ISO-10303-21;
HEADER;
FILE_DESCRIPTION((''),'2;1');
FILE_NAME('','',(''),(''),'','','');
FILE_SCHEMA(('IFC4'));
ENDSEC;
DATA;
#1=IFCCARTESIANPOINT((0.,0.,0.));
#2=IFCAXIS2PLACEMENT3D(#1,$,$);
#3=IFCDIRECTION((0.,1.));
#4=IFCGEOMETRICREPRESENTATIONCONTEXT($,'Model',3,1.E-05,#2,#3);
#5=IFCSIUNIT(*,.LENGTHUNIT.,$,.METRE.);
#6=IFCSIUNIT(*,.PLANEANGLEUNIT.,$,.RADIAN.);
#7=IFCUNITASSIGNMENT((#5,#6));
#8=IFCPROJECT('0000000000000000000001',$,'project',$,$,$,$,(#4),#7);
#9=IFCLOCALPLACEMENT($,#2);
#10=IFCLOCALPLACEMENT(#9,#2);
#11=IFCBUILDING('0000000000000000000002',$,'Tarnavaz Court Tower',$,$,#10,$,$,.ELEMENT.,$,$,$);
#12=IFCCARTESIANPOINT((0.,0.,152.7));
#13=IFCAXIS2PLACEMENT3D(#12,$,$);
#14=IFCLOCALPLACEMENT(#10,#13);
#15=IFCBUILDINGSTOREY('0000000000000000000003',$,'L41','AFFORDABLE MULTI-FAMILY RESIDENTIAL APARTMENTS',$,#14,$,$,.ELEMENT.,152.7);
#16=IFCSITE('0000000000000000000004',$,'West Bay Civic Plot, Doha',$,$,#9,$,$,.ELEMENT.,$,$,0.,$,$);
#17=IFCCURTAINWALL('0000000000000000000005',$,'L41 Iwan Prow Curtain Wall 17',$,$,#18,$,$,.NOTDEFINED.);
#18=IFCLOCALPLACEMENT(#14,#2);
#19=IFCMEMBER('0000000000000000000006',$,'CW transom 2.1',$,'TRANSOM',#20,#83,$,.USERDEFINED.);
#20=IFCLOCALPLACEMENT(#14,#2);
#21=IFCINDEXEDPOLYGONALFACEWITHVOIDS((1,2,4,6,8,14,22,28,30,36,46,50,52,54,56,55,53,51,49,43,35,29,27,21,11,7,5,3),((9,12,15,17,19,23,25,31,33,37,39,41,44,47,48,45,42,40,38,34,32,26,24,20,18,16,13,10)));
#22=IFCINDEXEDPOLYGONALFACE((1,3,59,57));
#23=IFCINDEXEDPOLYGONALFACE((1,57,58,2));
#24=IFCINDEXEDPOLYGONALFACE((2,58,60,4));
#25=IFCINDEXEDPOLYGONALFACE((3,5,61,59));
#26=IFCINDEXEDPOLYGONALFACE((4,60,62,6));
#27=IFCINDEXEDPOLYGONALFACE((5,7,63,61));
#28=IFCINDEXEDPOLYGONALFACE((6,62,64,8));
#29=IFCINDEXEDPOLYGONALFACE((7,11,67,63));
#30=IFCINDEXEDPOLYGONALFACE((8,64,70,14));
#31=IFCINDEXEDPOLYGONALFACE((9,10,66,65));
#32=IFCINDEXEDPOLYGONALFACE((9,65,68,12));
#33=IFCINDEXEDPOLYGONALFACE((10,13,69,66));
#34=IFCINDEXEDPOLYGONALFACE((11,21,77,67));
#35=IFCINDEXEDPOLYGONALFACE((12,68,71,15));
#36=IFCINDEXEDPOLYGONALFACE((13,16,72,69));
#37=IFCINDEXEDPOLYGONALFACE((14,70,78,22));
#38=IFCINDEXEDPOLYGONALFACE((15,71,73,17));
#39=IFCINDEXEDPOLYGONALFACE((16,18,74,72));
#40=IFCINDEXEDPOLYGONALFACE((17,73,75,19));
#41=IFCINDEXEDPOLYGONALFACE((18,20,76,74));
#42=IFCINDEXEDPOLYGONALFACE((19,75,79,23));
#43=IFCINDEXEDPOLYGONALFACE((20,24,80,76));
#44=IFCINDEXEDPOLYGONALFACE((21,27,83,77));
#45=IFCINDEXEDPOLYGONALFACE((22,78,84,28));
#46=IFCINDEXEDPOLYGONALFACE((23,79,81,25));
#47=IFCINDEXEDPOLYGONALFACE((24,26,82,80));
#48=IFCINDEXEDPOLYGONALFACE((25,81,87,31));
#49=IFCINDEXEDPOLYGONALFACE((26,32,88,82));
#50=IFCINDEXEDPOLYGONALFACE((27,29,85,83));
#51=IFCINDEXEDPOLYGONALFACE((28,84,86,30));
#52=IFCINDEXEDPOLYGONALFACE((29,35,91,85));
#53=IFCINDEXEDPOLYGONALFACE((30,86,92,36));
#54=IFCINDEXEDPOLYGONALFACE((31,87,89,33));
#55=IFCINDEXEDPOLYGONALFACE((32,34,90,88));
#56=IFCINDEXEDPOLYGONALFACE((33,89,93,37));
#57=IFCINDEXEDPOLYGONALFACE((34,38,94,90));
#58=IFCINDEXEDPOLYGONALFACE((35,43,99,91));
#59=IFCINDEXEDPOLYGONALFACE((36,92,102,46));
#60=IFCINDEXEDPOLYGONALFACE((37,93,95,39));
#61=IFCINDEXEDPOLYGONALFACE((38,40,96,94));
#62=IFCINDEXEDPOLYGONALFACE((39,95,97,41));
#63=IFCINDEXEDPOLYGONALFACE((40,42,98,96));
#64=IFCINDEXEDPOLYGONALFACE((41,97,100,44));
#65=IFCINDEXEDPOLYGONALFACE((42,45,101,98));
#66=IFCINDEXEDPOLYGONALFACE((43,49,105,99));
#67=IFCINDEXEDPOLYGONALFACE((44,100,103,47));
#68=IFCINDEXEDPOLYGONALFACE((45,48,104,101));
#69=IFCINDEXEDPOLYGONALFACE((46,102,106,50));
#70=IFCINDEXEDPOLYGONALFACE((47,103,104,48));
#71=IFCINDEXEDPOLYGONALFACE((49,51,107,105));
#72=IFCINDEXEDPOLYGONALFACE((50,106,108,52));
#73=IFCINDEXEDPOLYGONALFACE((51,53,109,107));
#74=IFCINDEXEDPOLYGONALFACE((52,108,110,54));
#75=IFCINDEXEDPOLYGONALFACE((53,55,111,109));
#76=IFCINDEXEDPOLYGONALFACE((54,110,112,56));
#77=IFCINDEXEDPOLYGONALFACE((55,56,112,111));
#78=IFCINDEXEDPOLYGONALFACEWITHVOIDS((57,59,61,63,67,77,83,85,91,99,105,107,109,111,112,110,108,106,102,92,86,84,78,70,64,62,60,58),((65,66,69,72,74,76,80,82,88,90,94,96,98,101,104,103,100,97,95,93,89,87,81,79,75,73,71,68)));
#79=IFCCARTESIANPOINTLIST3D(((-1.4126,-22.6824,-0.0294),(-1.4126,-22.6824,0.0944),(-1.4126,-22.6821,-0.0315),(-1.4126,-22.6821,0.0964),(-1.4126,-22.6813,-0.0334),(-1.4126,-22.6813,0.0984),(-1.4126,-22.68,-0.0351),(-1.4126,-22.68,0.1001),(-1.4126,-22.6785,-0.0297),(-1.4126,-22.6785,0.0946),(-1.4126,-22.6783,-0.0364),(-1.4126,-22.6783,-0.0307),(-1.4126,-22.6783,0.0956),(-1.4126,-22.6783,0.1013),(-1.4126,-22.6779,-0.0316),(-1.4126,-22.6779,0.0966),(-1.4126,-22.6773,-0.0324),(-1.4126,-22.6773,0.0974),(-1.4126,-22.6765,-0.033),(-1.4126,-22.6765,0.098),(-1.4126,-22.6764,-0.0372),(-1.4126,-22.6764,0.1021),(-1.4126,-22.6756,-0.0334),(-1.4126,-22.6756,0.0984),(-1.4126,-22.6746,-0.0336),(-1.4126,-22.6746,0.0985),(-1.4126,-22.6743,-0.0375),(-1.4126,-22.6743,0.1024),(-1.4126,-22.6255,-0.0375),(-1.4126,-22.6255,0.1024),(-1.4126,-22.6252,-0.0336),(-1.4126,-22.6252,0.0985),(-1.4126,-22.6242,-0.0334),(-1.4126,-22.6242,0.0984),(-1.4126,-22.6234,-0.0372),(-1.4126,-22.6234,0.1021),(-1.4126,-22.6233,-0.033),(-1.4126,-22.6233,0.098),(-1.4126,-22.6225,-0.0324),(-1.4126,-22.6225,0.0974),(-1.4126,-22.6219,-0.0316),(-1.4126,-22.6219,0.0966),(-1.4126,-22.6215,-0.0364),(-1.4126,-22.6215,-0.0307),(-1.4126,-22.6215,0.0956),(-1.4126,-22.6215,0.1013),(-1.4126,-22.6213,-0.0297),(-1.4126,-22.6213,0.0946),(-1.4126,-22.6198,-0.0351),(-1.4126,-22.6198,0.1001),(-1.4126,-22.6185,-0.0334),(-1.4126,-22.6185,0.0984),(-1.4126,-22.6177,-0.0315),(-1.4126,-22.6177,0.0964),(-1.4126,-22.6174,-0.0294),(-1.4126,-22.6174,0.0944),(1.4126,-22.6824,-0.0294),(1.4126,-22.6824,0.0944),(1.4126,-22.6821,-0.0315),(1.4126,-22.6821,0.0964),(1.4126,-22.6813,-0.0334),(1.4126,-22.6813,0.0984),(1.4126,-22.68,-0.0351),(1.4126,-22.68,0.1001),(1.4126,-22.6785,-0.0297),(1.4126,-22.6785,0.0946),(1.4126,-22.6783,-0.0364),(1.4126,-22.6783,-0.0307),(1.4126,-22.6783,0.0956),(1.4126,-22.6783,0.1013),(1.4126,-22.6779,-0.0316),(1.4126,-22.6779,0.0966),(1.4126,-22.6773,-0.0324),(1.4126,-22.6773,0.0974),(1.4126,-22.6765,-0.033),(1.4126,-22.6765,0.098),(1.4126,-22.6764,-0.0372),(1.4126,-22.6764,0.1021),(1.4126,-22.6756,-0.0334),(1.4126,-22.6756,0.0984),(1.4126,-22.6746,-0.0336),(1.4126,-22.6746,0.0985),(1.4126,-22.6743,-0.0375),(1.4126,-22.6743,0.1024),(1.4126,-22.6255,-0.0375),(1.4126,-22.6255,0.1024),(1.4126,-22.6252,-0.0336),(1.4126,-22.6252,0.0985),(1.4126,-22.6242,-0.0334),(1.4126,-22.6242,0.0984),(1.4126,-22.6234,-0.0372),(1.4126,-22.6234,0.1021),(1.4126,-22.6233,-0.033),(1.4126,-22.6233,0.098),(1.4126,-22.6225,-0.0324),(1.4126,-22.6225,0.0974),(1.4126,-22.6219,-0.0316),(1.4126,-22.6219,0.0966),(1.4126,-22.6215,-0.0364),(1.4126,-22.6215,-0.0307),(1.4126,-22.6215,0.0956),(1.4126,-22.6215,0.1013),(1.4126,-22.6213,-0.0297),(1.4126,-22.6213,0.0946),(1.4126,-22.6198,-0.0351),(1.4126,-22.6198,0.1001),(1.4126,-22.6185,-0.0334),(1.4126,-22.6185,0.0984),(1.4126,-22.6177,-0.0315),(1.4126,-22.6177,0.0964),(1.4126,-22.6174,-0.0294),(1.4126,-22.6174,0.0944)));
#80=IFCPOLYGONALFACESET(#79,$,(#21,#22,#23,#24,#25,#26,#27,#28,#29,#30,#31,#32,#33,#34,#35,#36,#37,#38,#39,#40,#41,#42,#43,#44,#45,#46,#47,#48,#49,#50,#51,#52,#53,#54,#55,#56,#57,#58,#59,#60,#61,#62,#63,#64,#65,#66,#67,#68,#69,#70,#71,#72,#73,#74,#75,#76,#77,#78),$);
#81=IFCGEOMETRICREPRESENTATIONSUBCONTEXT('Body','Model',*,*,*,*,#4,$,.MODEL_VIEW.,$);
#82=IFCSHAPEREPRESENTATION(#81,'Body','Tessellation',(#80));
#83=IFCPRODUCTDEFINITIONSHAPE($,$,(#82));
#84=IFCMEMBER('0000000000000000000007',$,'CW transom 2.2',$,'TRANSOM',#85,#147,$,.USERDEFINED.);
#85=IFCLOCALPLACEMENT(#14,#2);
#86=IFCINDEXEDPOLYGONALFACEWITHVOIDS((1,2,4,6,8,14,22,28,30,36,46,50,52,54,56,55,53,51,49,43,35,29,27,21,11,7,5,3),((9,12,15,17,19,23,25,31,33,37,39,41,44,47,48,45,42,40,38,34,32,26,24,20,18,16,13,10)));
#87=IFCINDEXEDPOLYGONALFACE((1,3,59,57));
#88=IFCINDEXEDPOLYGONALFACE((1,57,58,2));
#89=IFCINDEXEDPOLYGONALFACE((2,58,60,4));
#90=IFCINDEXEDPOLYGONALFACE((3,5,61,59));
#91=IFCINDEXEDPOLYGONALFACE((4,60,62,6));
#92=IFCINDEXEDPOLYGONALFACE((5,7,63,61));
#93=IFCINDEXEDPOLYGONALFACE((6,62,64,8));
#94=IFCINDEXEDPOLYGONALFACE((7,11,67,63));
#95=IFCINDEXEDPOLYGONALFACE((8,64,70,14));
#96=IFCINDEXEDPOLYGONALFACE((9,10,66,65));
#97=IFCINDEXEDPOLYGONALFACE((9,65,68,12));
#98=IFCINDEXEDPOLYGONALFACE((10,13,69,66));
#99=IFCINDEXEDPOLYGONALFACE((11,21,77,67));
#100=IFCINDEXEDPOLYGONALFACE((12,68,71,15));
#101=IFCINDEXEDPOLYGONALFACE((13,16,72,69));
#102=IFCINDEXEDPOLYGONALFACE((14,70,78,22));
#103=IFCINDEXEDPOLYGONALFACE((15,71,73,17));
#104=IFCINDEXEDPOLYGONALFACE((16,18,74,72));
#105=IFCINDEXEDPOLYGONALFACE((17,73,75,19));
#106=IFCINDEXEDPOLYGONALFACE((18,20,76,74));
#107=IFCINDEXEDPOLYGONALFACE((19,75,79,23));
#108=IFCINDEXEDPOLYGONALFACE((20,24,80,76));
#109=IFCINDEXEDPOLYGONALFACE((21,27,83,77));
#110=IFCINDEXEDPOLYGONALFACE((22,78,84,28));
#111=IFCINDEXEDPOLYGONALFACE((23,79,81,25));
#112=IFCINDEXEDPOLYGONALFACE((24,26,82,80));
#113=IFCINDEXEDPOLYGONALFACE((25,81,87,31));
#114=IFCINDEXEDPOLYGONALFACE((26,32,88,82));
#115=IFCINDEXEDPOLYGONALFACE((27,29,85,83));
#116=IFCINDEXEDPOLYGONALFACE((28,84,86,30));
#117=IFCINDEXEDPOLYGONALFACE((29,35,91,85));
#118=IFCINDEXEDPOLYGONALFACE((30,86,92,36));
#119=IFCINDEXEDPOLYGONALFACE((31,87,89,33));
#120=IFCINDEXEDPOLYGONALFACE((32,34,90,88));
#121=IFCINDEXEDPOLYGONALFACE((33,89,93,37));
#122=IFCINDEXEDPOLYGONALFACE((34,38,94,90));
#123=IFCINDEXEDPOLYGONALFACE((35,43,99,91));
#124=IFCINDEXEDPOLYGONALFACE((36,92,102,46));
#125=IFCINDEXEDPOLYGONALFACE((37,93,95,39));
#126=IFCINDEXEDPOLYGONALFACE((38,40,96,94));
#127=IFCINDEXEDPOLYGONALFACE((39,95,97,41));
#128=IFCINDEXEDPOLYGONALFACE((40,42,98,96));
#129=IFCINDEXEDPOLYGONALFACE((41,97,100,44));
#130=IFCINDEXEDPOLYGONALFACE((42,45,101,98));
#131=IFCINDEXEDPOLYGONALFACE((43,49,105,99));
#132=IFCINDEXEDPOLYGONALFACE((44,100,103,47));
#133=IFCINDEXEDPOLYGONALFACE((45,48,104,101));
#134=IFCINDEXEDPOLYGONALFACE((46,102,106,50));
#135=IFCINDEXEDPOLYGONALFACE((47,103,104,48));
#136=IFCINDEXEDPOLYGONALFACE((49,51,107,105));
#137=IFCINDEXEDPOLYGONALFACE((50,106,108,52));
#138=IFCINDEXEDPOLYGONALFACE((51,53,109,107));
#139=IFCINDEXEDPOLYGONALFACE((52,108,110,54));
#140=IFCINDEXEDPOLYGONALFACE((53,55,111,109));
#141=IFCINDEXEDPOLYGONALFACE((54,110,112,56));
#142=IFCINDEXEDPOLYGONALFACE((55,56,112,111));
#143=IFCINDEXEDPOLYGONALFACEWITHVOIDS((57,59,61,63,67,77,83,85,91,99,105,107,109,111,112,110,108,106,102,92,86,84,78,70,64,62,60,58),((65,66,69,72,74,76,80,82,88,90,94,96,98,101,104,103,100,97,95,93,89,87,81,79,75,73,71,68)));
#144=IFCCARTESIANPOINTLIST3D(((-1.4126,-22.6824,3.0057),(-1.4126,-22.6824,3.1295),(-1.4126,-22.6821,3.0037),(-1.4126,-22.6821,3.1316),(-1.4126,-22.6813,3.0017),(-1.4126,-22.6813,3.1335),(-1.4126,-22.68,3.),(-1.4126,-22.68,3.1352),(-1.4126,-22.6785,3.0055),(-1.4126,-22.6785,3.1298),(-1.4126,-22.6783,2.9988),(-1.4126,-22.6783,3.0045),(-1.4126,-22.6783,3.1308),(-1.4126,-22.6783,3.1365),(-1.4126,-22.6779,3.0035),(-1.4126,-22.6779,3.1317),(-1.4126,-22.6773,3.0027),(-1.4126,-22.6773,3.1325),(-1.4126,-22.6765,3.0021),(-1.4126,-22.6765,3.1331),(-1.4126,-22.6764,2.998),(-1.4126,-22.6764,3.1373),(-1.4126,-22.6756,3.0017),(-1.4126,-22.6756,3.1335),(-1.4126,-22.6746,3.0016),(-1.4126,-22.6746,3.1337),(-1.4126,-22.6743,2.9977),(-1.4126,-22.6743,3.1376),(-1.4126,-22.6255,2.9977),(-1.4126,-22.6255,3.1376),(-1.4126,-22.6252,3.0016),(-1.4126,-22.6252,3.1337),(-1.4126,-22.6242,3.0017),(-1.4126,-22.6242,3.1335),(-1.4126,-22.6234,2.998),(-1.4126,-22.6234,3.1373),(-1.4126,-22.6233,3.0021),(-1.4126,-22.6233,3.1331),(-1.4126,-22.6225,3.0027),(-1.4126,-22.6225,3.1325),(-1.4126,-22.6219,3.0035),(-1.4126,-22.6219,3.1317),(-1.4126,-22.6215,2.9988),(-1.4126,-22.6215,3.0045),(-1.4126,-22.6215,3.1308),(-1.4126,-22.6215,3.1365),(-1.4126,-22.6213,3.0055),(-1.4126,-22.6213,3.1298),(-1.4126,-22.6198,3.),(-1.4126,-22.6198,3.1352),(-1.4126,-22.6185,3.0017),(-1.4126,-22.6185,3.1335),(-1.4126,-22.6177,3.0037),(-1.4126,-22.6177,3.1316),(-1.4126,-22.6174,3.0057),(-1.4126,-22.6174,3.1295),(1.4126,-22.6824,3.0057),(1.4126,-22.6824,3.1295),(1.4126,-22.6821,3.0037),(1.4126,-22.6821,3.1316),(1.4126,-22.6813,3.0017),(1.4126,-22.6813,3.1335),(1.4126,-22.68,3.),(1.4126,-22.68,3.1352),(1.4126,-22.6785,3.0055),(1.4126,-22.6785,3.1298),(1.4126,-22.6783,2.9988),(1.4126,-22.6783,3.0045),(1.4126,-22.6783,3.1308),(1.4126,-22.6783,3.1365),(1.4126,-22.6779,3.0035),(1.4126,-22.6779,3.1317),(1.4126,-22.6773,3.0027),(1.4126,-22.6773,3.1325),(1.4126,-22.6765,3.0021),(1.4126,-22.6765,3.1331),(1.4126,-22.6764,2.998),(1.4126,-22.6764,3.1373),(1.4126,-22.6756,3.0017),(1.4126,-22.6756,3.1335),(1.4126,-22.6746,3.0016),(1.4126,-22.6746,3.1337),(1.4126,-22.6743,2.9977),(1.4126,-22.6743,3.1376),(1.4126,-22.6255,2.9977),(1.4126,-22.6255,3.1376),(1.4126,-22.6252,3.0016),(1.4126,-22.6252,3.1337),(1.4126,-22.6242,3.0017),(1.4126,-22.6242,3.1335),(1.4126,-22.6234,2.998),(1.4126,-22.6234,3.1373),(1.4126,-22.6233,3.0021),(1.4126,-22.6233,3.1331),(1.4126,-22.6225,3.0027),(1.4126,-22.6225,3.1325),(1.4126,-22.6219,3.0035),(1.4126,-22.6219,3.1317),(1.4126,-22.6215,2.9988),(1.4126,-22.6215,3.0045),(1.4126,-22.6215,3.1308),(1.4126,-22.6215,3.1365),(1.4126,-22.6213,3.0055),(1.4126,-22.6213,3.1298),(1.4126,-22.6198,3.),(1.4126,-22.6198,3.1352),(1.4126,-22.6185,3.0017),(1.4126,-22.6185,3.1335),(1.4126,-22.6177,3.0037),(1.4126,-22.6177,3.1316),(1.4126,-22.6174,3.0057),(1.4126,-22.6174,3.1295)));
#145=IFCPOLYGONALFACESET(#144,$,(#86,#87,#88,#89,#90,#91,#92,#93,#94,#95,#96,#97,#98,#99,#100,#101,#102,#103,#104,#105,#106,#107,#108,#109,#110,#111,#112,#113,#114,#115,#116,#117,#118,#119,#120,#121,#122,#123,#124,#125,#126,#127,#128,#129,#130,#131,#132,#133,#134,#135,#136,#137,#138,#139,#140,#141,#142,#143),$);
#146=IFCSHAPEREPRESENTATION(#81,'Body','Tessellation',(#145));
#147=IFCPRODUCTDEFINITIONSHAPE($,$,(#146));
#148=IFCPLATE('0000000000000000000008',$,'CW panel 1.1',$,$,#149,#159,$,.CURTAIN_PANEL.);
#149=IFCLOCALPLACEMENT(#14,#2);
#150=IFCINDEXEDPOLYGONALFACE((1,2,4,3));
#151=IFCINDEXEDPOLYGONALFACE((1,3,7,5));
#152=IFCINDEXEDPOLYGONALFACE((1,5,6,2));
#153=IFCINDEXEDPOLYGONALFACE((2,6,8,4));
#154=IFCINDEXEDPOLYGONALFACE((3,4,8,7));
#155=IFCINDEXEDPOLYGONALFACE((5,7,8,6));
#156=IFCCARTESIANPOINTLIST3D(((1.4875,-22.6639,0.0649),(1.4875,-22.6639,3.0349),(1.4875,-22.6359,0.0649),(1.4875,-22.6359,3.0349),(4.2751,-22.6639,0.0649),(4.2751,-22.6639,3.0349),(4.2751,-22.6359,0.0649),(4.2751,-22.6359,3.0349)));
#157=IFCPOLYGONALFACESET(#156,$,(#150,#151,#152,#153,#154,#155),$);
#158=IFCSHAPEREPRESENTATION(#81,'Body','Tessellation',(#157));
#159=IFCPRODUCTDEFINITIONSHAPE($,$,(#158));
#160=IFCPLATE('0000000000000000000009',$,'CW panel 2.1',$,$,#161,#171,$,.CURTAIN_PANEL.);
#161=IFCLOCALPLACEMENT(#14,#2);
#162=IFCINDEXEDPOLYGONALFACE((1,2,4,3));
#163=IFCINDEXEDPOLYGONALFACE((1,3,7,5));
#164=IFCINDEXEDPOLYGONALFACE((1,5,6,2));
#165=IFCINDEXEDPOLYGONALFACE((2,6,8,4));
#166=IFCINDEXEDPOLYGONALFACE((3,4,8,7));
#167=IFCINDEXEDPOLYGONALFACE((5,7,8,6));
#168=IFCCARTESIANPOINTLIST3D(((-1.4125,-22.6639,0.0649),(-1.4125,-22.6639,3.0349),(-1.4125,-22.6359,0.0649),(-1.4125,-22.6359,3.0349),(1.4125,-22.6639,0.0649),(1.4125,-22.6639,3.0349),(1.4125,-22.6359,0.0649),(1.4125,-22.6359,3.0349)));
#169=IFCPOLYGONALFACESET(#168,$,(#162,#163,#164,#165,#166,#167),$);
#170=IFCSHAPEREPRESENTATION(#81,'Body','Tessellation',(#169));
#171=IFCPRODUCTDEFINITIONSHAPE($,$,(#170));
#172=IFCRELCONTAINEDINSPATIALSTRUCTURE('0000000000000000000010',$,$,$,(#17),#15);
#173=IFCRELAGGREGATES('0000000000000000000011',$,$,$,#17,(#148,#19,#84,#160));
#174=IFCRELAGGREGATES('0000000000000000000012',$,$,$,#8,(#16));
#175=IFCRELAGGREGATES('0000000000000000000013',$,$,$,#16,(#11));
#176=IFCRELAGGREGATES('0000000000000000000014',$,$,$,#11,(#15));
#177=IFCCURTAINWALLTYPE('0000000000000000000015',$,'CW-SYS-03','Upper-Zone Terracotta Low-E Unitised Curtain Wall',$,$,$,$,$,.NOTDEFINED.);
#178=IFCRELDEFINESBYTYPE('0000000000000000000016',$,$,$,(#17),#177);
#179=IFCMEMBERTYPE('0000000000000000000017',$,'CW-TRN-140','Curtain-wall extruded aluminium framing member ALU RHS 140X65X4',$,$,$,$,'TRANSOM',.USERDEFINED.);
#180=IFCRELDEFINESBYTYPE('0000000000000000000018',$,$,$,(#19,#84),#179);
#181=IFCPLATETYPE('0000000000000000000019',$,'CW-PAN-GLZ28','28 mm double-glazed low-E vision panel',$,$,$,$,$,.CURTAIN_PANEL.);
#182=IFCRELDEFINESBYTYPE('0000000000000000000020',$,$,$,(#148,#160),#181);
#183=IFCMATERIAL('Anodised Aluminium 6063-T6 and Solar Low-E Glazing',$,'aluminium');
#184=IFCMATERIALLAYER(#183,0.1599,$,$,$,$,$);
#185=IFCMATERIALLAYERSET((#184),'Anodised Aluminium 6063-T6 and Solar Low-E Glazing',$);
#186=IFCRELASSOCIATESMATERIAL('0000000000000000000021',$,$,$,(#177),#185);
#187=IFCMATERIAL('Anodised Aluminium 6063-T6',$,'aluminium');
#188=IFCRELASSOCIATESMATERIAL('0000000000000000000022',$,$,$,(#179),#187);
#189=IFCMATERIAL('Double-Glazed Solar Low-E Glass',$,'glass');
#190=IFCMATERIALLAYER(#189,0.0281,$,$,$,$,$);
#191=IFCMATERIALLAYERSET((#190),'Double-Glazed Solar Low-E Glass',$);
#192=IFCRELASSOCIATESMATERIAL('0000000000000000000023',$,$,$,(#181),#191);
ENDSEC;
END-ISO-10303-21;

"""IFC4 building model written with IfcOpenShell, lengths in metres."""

from ifc_helpers import new_model, si_unit, direction, frame, origin, origin_2d, place, context, subcontext, project, spatial, rectangle, hollow_rectangle, extrude, material, layer, layer_set, material_profile, profile_set, type_object, element, aggregate, save


model = new_model("IFC4")

# Units and contexts
model_context = context("Model", 3, precision=1e-05, world=origin(), true_north=direction((0.0, 1.0)))
body_context = subcontext(model_context, "Body", "Model", "MODEL_VIEW")
ifc_project = project(units=[si_unit("LENGTHUNIT", "METRE"), si_unit("PLANEANGLEUNIT", "RADIAN")], contexts=[model_context])

# Site, building, storey
site_placement = place(None, origin())
site = spatial("IfcSite", under=ifc_project, at=site_placement, Name="West Bay Civic Plot, Doha", CompositionType="ELEMENT", RefElevation=0.0)
building_placement = place(site_placement, origin())
building = spatial("IfcBuilding", under=site, at=building_placement, Name="Tarnavaz Court Tower", CompositionType="ELEMENT")
storey_placement = place(building_placement, frame((0.0, 0.0, 152.7)))
storey = spatial("IfcBuildingStorey", under=building, at=storey_placement, Name="L41", Description="AFFORDABLE MULTI-FAMILY RESIDENTIAL APARTMENTS", CompositionType="ELEMENT", Elevation=152.7)

# Curtain wall, members, plates
ifc_material_1 = material(Name="Anodised Aluminium 6063-T6 and Solar Low-E Glazing", Category="aluminium")
ifc_layer_1 = layer(ifc_material_1, 0.1599)
ifc_layer_set_1 = layer_set([ifc_layer_1], Name="Anodised Aluminium 6063-T6 and Solar Low-E Glazing")
curtain_wall_type = type_object("IfcCurtainWallType", Name="CW-SYS-03", Description="Upper-Zone Terracotta Low-E Unitised Curtain Wall", PredefinedType="NOTDEFINED", material=ifc_layer_set_1)
curtain_wall_placement = place(storey_placement, origin())
curtain_wall = element("IfcCurtainWall", 1, at=curtain_wall_placement, inside=storey, type_object=curtain_wall_type, Name="L41 Iwan Prow Curtain Wall 17", PredefinedType="NOTDEFINED")
ifc_material_2 = material(Name="Anodised Aluminium 6063-T6", Category="aluminium")
ifc_material_profile_1 = material_profile(ifc_material_2, hollow_rectangle(XDim=0.0649, YDim=0.1399, WallThickness=0.0039, InnerFilletRadius=0.0039, OuterFilletRadius=0.0081, at=origin_2d()), Name="ALU RHS 140X65X4")
ifc_profile_set_1 = profile_set([ifc_material_profile_1], Name="Anodised Aluminium 6063-T6")
member_type_1 = type_object("IfcMemberType", Name="CW-TRN-140", Description="Curtain-wall extruded aluminium framing member ALU RHS 140X65X4", ElementType="TRANSOM", PredefinedType="USERDEFINED", material=ifc_profile_set_1)
member_1_placement = place(storey_placement, frame((1.4126, -22.6499, 0.0325), z_axis=(-1.0, 0.0, 0.0), x_axis=(0.0, -1.0, 0.0)))
member_1 = element("IfcMember", 2, at=member_1_placement, type_object=member_type_1, Name="CW transom 2.1", ObjectType="TRANSOM", PredefinedType="USERDEFINED", context=body_context, shape_type="SweptSolid", body=[
    extrude(hollow_rectangle(XDim=0.0649, YDim=0.1399, WallThickness=0.0039, InnerFilletRadius=0.0039, OuterFilletRadius=0.0081, at=origin_2d()), origin(), (0.0, 0.0, 1.0), 2.8252),
])
member_2_placement = place(storey_placement, frame((1.4126, -22.6499, 3.0676), z_axis=(-1.0, 0.0, 0.0), x_axis=(0.0, -1.0, 0.0)))
member_2 = element("IfcMember", 3, at=member_2_placement, type_object=member_type_1, Name="CW transom 2.2", ObjectType="TRANSOM", PredefinedType="USERDEFINED", context=body_context, shape_type="SweptSolid", body=[
    extrude(hollow_rectangle(XDim=0.0649, YDim=0.1399, WallThickness=0.0039, InnerFilletRadius=0.0039, OuterFilletRadius=0.0081, at=origin_2d()), origin(), (0.0, 0.0, 1.0), 2.8252),
])
ifc_material_3 = material(Name="Double-Glazed Solar Low-E Glass", Category="glass")
ifc_layer_2 = layer(ifc_material_3, 0.0281)
ifc_layer_set_2 = layer_set([ifc_layer_2], Name="Double-Glazed Solar Low-E Glass")
plate_type = type_object("IfcPlateType", Name="CW-PAN-GLZ28", Description="28 mm double-glazed low-E vision panel", PredefinedType="CURTAIN_PANEL", material=ifc_layer_set_2)
plate_1_placement = place(storey_placement, frame((2.8813, -22.6499, 0.0649), z_axis=(0.0, 0.0, 1.0), x_axis=(-1.0, 0.0, 0.0)))
plate_1 = element("IfcPlate", 4, at=plate_1_placement, type_object=plate_type, Name="CW panel 1.1", PredefinedType="CURTAIN_PANEL", context=body_context, shape_type="SweptSolid", body=[
    extrude(rectangle(XDim=2.7876, YDim=0.0281, at=origin_2d()), origin(), (0.0, 0.0, 1.0), 2.97),
])
plate_2_placement = place(storey_placement, frame((0.0, -22.6499, 0.0649), z_axis=(0.0, 0.0, 1.0), x_axis=(-1.0, 0.0, 0.0)))
plate_2 = element("IfcPlate", 5, at=plate_2_placement, type_object=plate_type, Name="CW panel 2.1", PredefinedType="CURTAIN_PANEL", context=body_context, shape_type="SweptSolid", body=[
    extrude(rectangle(XDim=2.825, YDim=0.0281, at=origin_2d()), origin(), (0.0, 0.0, 1.0), 2.97),
])
aggregate(curtain_wall, [plate_1, member_1, member_2, plate_2])

save(model, "model.ifc")
